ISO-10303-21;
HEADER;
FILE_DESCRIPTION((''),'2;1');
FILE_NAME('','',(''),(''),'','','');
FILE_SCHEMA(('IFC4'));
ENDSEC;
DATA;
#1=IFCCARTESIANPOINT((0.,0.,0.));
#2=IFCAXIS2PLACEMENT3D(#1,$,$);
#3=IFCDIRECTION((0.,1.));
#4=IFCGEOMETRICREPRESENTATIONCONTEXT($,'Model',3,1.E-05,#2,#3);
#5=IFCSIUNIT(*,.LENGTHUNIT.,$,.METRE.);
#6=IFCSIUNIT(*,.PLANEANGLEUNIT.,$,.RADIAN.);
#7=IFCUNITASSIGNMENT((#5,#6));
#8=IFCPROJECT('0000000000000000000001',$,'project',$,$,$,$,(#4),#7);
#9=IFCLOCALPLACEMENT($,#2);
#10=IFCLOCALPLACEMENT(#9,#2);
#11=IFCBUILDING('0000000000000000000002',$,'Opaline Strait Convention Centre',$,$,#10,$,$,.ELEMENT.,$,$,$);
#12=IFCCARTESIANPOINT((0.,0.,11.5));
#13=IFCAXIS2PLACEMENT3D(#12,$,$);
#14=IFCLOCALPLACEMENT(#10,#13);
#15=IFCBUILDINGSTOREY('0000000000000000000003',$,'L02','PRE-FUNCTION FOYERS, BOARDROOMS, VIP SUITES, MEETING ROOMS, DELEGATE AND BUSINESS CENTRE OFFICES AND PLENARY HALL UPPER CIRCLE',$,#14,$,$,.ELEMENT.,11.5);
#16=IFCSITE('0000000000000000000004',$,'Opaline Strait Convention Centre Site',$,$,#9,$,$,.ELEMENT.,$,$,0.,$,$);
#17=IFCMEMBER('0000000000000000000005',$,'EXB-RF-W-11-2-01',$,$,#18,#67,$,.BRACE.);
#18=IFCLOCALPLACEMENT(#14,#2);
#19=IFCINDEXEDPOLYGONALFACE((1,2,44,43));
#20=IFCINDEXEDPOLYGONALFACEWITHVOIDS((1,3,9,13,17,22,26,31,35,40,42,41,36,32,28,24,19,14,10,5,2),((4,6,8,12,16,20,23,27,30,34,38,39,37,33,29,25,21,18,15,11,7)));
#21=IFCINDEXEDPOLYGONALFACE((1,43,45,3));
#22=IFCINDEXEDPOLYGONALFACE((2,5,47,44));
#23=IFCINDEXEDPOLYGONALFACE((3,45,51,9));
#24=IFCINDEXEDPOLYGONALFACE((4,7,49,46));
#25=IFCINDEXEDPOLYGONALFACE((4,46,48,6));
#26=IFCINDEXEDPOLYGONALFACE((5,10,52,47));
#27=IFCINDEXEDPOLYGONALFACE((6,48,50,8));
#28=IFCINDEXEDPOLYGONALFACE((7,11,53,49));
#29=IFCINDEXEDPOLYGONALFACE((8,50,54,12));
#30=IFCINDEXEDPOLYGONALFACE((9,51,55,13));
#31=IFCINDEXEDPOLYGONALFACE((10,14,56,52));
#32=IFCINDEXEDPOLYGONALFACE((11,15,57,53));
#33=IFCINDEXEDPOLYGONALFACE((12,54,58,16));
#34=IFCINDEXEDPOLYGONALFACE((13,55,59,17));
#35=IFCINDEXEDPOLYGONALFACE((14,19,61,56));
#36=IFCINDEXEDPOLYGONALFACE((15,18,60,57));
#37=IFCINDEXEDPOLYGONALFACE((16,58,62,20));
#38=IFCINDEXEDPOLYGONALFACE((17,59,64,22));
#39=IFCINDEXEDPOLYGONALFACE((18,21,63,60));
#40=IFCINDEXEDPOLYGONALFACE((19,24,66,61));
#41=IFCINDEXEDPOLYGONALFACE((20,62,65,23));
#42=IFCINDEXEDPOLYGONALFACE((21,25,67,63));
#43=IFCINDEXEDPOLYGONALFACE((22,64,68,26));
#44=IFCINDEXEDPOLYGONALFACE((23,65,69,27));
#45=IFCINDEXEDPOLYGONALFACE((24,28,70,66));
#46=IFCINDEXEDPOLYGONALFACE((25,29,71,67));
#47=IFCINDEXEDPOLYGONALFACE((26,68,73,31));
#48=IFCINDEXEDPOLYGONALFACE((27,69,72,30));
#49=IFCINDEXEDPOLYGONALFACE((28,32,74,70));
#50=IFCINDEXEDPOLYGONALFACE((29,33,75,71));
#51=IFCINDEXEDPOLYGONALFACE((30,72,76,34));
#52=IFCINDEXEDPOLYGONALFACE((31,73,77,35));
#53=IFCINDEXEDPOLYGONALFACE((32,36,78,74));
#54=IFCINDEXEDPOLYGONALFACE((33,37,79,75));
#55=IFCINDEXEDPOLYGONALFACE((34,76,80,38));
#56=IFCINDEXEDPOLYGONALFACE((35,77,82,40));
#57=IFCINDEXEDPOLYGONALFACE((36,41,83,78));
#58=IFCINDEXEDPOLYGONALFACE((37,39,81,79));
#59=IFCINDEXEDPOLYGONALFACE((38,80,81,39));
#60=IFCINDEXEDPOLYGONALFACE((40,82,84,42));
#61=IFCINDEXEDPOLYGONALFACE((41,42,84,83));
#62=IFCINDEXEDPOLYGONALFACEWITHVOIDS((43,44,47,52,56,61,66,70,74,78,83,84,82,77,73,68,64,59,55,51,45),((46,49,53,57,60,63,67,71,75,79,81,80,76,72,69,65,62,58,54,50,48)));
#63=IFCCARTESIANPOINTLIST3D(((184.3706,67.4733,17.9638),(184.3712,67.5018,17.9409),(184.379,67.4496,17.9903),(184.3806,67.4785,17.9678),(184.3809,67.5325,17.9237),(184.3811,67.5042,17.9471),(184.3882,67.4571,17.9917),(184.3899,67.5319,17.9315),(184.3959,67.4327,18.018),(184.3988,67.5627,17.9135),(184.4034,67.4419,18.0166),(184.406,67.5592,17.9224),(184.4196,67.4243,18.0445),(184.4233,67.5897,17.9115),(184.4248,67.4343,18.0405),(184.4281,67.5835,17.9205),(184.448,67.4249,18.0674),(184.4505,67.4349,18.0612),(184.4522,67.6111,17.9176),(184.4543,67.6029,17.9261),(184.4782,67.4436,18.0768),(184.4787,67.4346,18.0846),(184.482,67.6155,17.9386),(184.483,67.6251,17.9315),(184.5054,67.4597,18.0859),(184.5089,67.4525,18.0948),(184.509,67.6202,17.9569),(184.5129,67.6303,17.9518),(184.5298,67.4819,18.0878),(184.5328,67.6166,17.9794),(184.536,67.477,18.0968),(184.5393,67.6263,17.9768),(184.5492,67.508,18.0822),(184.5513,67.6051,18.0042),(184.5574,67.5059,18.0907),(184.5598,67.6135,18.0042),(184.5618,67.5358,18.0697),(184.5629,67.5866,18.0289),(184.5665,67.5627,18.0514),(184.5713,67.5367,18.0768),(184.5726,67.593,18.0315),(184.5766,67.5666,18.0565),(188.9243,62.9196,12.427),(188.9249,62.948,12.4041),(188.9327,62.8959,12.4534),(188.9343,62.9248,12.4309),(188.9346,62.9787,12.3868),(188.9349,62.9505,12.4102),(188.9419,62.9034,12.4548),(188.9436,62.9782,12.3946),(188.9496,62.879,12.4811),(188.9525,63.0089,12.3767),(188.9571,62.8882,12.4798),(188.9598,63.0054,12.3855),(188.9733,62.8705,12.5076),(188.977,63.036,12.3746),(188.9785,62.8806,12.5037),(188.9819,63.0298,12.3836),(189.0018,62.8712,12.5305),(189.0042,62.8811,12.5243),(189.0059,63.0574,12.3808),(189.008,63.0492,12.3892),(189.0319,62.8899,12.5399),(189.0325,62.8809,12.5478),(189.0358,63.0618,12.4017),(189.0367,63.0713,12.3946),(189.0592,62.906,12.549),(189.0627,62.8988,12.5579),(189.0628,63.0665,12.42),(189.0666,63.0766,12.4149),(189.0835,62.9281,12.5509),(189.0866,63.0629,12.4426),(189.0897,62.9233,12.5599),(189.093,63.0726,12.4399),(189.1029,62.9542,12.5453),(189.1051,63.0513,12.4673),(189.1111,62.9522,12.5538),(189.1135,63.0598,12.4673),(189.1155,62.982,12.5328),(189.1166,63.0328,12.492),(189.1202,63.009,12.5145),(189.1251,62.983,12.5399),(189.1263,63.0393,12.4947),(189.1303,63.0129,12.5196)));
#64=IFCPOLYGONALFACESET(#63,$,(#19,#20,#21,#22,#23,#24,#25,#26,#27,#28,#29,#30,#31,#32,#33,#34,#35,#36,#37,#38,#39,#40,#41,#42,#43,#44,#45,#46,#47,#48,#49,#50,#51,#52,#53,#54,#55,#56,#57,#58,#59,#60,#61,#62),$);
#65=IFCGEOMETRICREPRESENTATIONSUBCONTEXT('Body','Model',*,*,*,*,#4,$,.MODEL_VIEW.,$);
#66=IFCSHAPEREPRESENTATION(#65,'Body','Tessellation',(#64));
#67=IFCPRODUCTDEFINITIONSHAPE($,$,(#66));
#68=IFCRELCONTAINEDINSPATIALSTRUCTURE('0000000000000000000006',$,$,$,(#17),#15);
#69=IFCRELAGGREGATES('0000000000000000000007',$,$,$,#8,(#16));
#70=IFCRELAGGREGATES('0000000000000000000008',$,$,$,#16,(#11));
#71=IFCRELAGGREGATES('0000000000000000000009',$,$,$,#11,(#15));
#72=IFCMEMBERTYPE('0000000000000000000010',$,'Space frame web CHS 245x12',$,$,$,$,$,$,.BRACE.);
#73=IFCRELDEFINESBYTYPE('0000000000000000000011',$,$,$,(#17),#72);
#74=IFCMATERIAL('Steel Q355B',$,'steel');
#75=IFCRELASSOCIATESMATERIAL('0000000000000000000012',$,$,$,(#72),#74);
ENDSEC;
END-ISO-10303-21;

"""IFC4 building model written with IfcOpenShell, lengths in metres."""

from ifc_helpers import new_model, si_unit, direction, frame, origin, origin_2d, place, context, subcontext, project, spatial, hollow_circle, extrude, material, material_profile, profile_set, type_object, element, save


model = new_model("IFC4")

# Units and contexts
model_context = context("Model", 3, precision=1e-05, world=origin(), true_north=direction((0.0, 1.0)))
body_context = subcontext(model_context, "Body", "Model", "MODEL_VIEW")
ifc_project = project(units=[si_unit("LENGTHUNIT", "METRE"), si_unit("PLANEANGLEUNIT", "RADIAN")], contexts=[model_context])

# Site, building, storey
site_placement = place(None, origin())
site = spatial("IfcSite", under=ifc_project, at=site_placement, Name="Opaline Strait Convention Centre Site", CompositionType="ELEMENT", RefElevation=0.0)
building_placement = place(site_placement, origin())
building = spatial("IfcBuilding", under=site, at=building_placement, Name="Opaline Strait Convention Centre", CompositionType="ELEMENT")
storey_placement = place(building_placement, frame((0.0, 0.0, 11.5)))
storey = spatial("IfcBuildingStorey", under=building, at=storey_placement, Name="L02", Description="PRE-FUNCTION FOYERS, BOARDROOMS, VIP SUITES, MEETING ROOMS, DELEGATE AND BUSINESS CENTRE OFFICES AND PLENARY HALL UPPER CIRCLE", CompositionType="ELEMENT", Elevation=11.5)

# Member
ifc_material = material(Name="Steel Q355B", Category="steel")
ifc_material_profile_1 = material_profile(ifc_material, hollow_circle(Radius=0.1226, WallThickness=0.012, at=origin_2d()), Name="CHS 245x12")
ifc_profile_set_1 = profile_set([ifc_material_profile_1], Name="Steel Q355B")
member_type_1 = type_object("IfcMemberType", Name="Space frame web CHS 245x12", PredefinedType="BRACE", material=ifc_profile_set_1)
for number, where, z_axis, x_axis, name in (
    (1, (184.4731, 67.5269, 18.0042), (0.536178, -0.536178, -0.65194), (0.707107, 0.707107, 0.0), "EXB-RF-W-11-2-01"),
):
    element("IfcMember", number, at=place(storey_placement, frame(where, z_axis=z_axis, x_axis=x_axis)), inside=storey, type_object=member_type_1, Name=name, PredefinedType="BRACE", context=body_context, shape_type="SweptSolid", body=[
        extrude(hollow_circle(Radius=0.1226, WallThickness=0.012, at=origin_2d()), origin(), (0.0, 0.0, 1.0), 8.4929),
    ])

save(model, "model.ifc")
